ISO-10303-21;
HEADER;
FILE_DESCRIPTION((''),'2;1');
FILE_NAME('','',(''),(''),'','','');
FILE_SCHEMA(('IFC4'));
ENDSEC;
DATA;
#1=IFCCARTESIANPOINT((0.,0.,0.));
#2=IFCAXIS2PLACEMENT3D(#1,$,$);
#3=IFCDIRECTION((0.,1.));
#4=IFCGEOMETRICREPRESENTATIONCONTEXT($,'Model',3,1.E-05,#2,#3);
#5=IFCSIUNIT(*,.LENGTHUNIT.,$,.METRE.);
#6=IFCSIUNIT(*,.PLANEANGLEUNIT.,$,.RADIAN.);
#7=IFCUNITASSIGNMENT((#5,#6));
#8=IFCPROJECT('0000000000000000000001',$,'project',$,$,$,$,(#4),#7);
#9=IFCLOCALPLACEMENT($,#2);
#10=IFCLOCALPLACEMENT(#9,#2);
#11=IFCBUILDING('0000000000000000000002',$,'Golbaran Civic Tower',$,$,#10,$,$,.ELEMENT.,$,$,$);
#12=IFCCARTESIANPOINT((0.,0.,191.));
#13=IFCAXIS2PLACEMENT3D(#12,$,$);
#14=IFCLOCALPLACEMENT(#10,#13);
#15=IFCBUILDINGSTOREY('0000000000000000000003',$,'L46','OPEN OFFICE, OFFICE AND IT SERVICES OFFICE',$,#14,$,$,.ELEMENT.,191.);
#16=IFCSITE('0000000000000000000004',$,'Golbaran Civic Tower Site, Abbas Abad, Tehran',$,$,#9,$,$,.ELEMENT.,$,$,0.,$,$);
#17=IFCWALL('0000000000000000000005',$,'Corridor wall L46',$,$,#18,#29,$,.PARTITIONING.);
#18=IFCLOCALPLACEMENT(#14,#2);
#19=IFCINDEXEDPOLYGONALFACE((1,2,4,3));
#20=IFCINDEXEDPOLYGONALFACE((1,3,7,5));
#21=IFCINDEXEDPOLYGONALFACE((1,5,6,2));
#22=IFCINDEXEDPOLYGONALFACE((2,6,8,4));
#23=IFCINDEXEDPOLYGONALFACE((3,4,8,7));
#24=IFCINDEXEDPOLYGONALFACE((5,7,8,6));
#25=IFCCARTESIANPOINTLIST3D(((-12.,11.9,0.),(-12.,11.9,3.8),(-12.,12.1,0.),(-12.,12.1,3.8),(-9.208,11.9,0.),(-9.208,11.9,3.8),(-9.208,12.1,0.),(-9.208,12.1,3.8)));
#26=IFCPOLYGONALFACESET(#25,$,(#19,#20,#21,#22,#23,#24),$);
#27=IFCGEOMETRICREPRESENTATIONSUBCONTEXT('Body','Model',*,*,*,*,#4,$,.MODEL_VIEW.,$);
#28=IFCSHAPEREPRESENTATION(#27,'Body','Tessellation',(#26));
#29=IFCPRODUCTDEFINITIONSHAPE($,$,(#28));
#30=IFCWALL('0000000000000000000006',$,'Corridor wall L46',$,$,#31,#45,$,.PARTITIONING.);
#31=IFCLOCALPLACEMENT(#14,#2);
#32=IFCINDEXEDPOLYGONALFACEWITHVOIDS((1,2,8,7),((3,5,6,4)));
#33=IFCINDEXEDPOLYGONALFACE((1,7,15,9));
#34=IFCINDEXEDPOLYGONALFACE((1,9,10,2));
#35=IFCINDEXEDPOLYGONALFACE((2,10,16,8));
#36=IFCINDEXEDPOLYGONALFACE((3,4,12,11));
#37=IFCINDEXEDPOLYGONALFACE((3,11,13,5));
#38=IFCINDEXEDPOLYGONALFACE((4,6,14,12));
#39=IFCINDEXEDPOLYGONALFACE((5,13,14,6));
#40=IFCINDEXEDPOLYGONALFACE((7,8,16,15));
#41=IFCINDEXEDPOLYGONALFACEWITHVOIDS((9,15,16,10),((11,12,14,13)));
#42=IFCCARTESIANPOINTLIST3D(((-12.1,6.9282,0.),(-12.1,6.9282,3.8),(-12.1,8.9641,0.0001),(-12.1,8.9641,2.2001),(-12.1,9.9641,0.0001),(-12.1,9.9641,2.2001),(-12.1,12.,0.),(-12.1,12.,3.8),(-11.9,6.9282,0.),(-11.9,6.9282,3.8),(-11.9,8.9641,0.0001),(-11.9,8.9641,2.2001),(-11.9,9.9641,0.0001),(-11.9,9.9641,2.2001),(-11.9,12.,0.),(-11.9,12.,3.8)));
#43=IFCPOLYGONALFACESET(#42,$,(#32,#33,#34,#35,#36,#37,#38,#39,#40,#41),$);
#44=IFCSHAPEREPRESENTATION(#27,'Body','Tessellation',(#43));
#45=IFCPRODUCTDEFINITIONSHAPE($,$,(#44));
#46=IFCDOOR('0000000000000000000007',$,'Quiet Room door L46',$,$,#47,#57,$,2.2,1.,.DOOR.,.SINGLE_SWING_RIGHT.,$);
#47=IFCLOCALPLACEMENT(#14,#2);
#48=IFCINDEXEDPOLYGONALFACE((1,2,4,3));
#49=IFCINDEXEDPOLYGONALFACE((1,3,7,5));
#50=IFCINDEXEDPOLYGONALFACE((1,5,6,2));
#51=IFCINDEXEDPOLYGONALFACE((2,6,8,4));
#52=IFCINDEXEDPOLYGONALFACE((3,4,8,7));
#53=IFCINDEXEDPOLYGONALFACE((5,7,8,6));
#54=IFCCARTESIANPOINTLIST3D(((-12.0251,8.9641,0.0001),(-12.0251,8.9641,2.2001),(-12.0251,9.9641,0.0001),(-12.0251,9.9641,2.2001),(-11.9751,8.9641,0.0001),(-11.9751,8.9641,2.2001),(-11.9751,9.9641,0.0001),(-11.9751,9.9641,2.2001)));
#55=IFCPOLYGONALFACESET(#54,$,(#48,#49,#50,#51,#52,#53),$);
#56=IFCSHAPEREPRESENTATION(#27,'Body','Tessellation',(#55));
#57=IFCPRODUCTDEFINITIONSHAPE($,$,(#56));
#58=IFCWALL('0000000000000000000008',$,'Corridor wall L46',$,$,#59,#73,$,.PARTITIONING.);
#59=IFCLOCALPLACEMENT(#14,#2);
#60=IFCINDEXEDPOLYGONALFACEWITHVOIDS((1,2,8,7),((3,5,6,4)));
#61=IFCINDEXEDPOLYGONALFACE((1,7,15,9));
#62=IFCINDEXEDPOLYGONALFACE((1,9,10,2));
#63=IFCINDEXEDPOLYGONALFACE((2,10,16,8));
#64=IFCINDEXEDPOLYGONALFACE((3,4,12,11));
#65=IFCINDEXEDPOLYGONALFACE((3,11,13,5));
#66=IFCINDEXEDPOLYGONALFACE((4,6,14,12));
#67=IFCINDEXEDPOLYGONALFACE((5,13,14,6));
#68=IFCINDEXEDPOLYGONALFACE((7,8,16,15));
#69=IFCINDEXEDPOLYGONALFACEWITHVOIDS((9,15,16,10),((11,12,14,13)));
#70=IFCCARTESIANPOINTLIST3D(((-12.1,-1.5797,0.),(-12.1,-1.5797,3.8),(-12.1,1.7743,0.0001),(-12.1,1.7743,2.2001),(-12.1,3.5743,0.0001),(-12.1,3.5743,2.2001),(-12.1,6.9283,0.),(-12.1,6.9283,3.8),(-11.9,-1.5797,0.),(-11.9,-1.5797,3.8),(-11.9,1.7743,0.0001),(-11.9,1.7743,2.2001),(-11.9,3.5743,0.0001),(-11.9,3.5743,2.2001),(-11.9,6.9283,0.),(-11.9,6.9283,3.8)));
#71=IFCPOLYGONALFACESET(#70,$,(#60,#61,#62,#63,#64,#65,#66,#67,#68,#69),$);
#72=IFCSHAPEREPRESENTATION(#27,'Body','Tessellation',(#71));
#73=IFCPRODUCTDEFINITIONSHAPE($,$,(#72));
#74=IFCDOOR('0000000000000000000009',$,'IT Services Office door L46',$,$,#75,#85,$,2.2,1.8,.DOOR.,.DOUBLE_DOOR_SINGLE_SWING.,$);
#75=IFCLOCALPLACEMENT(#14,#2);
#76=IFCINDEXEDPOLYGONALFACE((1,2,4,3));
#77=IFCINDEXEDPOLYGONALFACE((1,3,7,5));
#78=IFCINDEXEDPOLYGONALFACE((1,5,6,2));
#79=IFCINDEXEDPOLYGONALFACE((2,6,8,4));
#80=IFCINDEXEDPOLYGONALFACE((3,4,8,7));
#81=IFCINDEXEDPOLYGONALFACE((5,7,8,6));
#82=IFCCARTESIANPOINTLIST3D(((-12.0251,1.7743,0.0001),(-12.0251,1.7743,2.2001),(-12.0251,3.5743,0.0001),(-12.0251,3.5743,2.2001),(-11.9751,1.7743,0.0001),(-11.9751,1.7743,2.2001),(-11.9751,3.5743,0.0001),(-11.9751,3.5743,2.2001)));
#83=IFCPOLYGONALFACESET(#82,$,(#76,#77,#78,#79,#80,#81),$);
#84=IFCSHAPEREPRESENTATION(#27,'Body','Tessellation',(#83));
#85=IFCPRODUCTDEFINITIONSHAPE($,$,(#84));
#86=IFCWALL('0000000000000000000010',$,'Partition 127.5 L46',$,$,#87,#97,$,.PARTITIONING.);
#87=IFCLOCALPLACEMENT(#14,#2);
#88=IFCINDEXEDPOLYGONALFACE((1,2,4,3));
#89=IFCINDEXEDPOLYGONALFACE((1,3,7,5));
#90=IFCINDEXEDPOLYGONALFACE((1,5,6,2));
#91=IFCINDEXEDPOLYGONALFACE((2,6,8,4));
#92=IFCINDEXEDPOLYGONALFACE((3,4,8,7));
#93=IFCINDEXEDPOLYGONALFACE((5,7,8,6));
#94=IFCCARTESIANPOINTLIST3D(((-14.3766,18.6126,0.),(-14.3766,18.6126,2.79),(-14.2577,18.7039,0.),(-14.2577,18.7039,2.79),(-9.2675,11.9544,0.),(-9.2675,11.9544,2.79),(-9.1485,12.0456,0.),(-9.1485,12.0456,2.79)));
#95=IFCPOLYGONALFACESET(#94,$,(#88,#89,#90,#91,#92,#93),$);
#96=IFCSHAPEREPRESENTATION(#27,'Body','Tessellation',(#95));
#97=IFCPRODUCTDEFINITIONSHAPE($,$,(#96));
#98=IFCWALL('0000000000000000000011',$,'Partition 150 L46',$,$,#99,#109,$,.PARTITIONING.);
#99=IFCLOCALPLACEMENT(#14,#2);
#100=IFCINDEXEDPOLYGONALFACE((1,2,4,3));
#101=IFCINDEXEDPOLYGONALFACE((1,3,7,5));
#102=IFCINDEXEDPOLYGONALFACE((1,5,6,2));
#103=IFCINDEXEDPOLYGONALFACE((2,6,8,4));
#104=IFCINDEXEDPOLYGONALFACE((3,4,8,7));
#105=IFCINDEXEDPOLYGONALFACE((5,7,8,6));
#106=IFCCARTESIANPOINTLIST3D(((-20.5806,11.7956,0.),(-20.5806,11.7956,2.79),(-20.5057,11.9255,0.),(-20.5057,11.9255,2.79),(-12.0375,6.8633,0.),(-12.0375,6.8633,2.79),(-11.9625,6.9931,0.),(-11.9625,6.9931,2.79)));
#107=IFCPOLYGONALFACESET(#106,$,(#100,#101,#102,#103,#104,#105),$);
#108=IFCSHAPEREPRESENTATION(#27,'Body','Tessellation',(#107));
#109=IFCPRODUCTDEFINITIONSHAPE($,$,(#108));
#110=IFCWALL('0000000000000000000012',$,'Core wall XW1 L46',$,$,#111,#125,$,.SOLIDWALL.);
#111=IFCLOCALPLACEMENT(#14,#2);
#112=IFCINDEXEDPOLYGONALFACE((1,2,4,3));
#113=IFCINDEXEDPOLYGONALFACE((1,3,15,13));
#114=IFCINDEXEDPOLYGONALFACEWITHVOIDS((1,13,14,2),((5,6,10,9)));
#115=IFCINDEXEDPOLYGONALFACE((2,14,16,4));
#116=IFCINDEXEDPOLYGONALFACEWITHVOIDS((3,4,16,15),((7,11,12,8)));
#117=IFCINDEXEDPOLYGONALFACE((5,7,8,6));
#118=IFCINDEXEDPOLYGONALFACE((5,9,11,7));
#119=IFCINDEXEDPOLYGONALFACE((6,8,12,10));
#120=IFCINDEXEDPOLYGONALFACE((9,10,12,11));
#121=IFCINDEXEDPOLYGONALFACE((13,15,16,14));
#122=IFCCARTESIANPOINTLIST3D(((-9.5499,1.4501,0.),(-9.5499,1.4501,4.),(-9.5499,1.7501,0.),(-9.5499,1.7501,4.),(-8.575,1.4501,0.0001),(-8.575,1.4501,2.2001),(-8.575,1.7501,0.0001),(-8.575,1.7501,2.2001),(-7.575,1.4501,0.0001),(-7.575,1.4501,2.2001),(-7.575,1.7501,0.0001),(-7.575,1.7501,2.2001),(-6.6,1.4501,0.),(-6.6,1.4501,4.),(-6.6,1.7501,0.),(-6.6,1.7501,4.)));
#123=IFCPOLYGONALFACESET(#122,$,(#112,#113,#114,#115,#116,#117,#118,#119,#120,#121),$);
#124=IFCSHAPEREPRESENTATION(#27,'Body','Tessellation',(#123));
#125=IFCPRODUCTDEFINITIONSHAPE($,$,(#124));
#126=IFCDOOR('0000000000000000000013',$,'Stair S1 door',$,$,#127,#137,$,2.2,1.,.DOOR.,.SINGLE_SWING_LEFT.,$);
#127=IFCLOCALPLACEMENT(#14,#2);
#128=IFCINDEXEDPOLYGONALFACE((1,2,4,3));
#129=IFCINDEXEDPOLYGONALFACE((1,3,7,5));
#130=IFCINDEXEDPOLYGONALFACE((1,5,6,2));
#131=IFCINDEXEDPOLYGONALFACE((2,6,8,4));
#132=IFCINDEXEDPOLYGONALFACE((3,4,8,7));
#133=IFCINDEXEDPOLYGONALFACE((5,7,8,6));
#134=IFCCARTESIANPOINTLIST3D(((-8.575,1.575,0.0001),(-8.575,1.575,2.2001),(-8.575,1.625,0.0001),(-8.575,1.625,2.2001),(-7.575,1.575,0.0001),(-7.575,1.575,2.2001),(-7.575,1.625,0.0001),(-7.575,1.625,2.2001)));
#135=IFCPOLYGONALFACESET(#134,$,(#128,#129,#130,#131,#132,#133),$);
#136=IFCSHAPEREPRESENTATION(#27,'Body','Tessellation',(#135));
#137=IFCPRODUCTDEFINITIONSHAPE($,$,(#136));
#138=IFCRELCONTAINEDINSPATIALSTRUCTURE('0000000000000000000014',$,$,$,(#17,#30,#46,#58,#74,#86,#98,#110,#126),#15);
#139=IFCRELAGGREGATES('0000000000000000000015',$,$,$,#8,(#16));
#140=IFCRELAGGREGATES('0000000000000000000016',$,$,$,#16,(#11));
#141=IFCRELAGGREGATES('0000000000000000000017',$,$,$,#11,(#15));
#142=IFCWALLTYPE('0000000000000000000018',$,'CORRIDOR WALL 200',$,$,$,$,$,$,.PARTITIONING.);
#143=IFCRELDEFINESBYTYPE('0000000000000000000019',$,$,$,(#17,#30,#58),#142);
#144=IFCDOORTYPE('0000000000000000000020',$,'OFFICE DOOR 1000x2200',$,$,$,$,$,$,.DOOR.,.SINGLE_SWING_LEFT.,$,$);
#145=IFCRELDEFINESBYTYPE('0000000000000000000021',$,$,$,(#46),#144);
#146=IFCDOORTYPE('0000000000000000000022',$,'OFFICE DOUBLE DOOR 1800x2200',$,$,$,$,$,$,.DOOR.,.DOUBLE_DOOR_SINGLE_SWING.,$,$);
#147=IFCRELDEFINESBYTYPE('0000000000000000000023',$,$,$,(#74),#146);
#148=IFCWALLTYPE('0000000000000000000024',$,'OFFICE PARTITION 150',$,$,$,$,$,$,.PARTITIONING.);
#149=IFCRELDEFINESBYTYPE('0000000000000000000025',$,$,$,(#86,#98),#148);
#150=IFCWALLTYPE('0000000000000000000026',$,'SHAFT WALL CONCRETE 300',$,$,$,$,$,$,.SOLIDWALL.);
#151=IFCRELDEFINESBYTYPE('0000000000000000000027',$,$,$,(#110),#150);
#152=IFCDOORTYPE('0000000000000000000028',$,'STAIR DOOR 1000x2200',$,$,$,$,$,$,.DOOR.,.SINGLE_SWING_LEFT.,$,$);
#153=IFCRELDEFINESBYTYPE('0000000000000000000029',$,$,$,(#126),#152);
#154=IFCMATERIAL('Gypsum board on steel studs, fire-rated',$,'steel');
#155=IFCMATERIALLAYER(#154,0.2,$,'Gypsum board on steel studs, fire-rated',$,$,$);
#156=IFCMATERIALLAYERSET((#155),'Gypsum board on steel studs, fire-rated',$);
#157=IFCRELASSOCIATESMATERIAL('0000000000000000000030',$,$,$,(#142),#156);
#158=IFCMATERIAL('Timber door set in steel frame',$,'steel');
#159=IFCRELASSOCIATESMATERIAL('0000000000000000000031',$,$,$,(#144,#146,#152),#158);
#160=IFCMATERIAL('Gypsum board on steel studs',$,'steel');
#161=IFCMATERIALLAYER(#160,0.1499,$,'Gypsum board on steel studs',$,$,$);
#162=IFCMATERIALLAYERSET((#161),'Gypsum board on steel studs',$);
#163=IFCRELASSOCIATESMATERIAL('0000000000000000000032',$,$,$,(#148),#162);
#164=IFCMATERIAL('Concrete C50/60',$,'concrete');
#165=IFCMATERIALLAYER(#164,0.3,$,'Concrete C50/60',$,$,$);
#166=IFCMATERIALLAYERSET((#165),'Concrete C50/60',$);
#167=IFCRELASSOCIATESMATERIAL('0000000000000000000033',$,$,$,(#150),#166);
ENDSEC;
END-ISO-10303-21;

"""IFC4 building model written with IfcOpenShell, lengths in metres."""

from ifc_helpers import new_model, si_unit, direction, frame, frame_2d, origin, place, context, subcontext, project, spatial, rectangle, extrude, material, layer, layer_set, type_object, element, fill, save


model = new_model("IFC4")

# Units and contexts
model_context = context("Model", 3, precision=1e-05, world=origin(), true_north=direction((0.0, 1.0)))
body_context = subcontext(model_context, "Body", "Model", "MODEL_VIEW")
ifc_project = project(units=[si_unit("LENGTHUNIT", "METRE"), si_unit("PLANEANGLEUNIT", "RADIAN")], contexts=[model_context])

# Site, building, storey
site_placement = place(None, origin())
site = spatial("IfcSite", under=ifc_project, at=site_placement, Name="Golbaran Civic Tower Site, Abbas Abad, Tehran", CompositionType="ELEMENT", RefElevation=0.0)
building_placement = place(site_placement, origin())
building = spatial("IfcBuilding", under=site, at=building_placement, Name="Golbaran Civic Tower", CompositionType="ELEMENT")
storey_placement = place(building_placement, frame((0.0, 0.0, 191.0)))
storey = spatial("IfcBuildingStorey", under=building, at=storey_placement, Name="L46", Description="OPEN OFFICE, OFFICE AND IT SERVICES OFFICE", CompositionType="ELEMENT", Elevation=191.0)

# Shared definitions
ifc_material_1 = material(Name="Concrete C50/60", Category="concrete")
ifc_material_2 = material(Name="Timber door set in steel frame", Category="steel")

# Wall
ifc_material_3 = material(Name="Gypsum board on steel studs, fire-rated", Category="steel")
ifc_layer_1 = layer(ifc_material_3, 0.2, Name="Gypsum board on steel studs, fire-rated")
ifc_layer_set_1 = layer_set([ifc_layer_1], Name="Gypsum board on steel studs, fire-rated")
wall_type_1 = type_object("IfcWallType", Name="CORRIDOR WALL 200", PredefinedType="PARTITIONING", material=ifc_layer_set_1)
wall_1_placement = place(storey_placement, frame((-9.208, 12.0, 0.0), z_axis=(0.0, 0.0, 1.0), x_axis=(-1.0, 0.0, 0.0)))
element("IfcWall", 1, at=wall_1_placement, inside=storey, type_object=wall_type_1, Name="Corridor wall L46", PredefinedType="PARTITIONING", context=body_context, shape_type="SweptSolid", body=[
    extrude(rectangle(XDim=2.792, YDim=0.2, at=frame_2d((1.396, 0.0))), origin(), (0.0, 0.0, 1.0), 3.8),
])

# Walls, openings, doors
wall_2_placement = place(storey_placement, frame((-12.0, 12.0, 0.0), z_axis=(0.0, 0.0, 1.0), x_axis=(0.0, -1.0, 0.0)))
wall_2 = element("IfcWall", 2, at=wall_2_placement, inside=storey, type_object=wall_type_1, Name="Corridor wall L46", PredefinedType="PARTITIONING", context=body_context, shape_type="SweptSolid", body=[
    extrude(rectangle(XDim=5.0718, YDim=0.2, at=frame_2d((2.5359, 0.0))), origin(), (0.0, 0.0, 1.0), 3.8),
])
opening_1_placement = place(wall_2_placement, frame((2.0359, 0.0, 0.0)))
opening_1 = element("IfcOpeningElement", 3, at=opening_1_placement, cuts=wall_2, PredefinedType="OPENING", context=body_context, shape_type="SweptSolid", body=[
    extrude(rectangle(XDim=1.0, YDim=2.2, at=frame_2d((0.5, 1.1001))), frame((0.0, 0.1099, 0.0), z_axis=(0.0, -1.0, 0.0), x_axis=(1.0, 0.0, 0.0)), (0.0, 0.0, 1.0), 0.22),
])
door_type_1 = type_object("IfcDoorType", Name="OFFICE DOOR 1000x2200", OperationType="SINGLE_SWING_LEFT", PredefinedType="DOOR", material=ifc_material_2)
door_1_placement = place(opening_1_placement, origin())
door_1 = element("IfcDoor", 4, at=door_1_placement, inside=storey, type_object=door_type_1, Name="Quiet Room door L46", OperationType="SINGLE_SWING_RIGHT", OverallHeight=2.2, OverallWidth=1.0, PredefinedType="DOOR", context=body_context, shape_type="SweptSolid", body=[
    extrude(rectangle(XDim=1.0, YDim=2.2, at=frame_2d((0.5, 1.1001))), frame((0.0, 0.0249, 0.0), z_axis=(0.0, -1.0, 0.0), x_axis=(1.0, 0.0, 0.0)), (0.0, 0.0, 1.0), 0.05),
])
fill(opening_1, door_1)
wall_3_placement = place(storey_placement, frame((-12.0, 6.9282, 0.0), z_axis=(0.0, 0.0, 1.0), x_axis=(0.0, -1.0, 0.0)))
wall_3 = element("IfcWall", 5, at=wall_3_placement, inside=storey, type_object=wall_type_1, Name="Corridor wall L46", PredefinedType="PARTITIONING", context=body_context, shape_type="SweptSolid", body=[
    extrude(rectangle(XDim=8.5081, YDim=0.2, at=frame_2d((4.2539, 0.0))), origin(), (0.0, 0.0, 1.0), 3.8),
])
opening_2_placement = place(wall_3_placement, frame((3.354, 0.0, 0.0)))
opening_2 = element("IfcOpeningElement", 6, at=opening_2_placement, cuts=wall_3, PredefinedType="OPENING", context=body_context, shape_type="SweptSolid", body=[
    extrude(rectangle(XDim=1.8, YDim=2.2, at=frame_2d((0.8999, 1.1001))), frame((0.0, 0.1099, 0.0), z_axis=(0.0, -1.0, 0.0), x_axis=(1.0, 0.0, 0.0)), (0.0, 0.0, 1.0), 0.22),
])
door_type_2 = type_object("IfcDoorType", Name="OFFICE DOUBLE DOOR 1800x2200", OperationType="DOUBLE_DOOR_SINGLE_SWING", PredefinedType="DOOR", material=ifc_material_2)
door_2_placement = place(opening_2_placement, origin())
door_2 = element("IfcDoor", 7, at=door_2_placement, inside=storey, type_object=door_type_2, Name="IT Services Office door L46", OperationType="DOUBLE_DOOR_SINGLE_SWING", OverallHeight=2.2, OverallWidth=1.8, PredefinedType="DOOR", context=body_context, shape_type="SweptSolid", body=[
    extrude(rectangle(XDim=1.8, YDim=2.2, at=frame_2d((0.8999, 1.1001))), frame((0.0, 0.0249, 0.0), z_axis=(0.0, -1.0, 0.0), x_axis=(1.0, 0.0, 0.0)), (0.0, 0.0, 1.0), 0.05),
])
fill(opening_2, door_2)

# Walls
ifc_material_4 = material(Name="Gypsum board on steel studs", Category="steel")
ifc_layer_2 = layer(ifc_material_4, 0.1499, Name="Gypsum board on steel studs")
ifc_layer_set_2 = layer_set([ifc_layer_2], Name="Gypsum board on steel studs")
wall_type_2 = type_object("IfcWallType", Name="OFFICE PARTITION 150", PredefinedType="PARTITIONING", material=ifc_layer_set_2)
wall_4_placement = place(storey_placement, frame((-9.208, 12.0, 0.0), z_axis=(0.0, 0.0, 1.0), x_axis=(-0.60877, 0.793347, 0.0)))
element("IfcWall", 8, at=wall_4_placement, inside=storey, type_object=wall_type_2, Name="Partition 127.5 L46", PredefinedType="PARTITIONING", context=body_context, shape_type="SweptSolid", body=[
    extrude(rectangle(XDim=8.3926, YDim=0.1499, at=frame_2d((4.1963, 0.0))), origin(), (0.0, 0.0, 1.0), 2.79),
])
wall_5_placement = place(storey_placement, frame((-12.0, 6.9282, 0.0), z_axis=(0.0, 0.0, 1.0), x_axis=(-0.866028, 0.499996, 0.0)))
element("IfcWall", 9, at=wall_5_placement, inside=storey, type_object=wall_type_2, Name="Partition 150 L46", PredefinedType="PARTITIONING", context=body_context, shape_type="SweptSolid", body=[
    extrude(rectangle(XDim=9.8647, YDim=0.1499, at=frame_2d((4.9324, 0.0))), origin(), (0.0, 0.0, 1.0), 2.79),
])

# Wall, opening, door
ifc_layer_3 = layer(ifc_material_1, 0.3, Name="Concrete C50/60")
ifc_layer_set_3 = layer_set([ifc_layer_3], Name="Concrete C50/60")
wall_type_3 = type_object("IfcWallType", Name="SHAFT WALL CONCRETE 300", PredefinedType="SOLIDWALL", material=ifc_layer_set_3)
wall_6_placement = place(storey_placement, frame((-9.55, 1.6001, 0.0), z_axis=(0.0, 0.0, 1.0), x_axis=(1.0, 0.0, 0.0)))
wall_6 = element("IfcWall", 10, at=wall_6_placement, inside=storey, type_object=wall_type_3, Name="Core wall XW1 L46", PredefinedType="SOLIDWALL", context=body_context, shape_type="SweptSolid", body=[
    extrude(rectangle(XDim=2.95, YDim=0.3, at=frame_2d((1.4751, 0.0))), origin(), (0.0, 0.0, 1.0), 4.0),
])
opening_3_placement = place(wall_6_placement, frame((0.9751, 0.0, 0.0)))
opening_3 = element("IfcOpeningElement", 11, at=opening_3_placement, cuts=wall_6, PredefinedType="OPENING", context=body_context, shape_type="SweptSolid", body=[
    extrude(rectangle(XDim=1.0, YDim=2.2, at=frame_2d((0.5, 1.1001))), frame((0.0, 0.1599, 0.0), z_axis=(0.0, -1.0, 0.0), x_axis=(1.0, 0.0, 0.0)), (0.0, 0.0, 1.0), 0.3201),
])
door_type_3 = type_object("IfcDoorType", Name="STAIR DOOR 1000x2200", OperationType="SINGLE_SWING_LEFT", PredefinedType="DOOR", material=ifc_material_2)
door_3_placement = place(opening_3_placement, origin())
door_3 = element("IfcDoor", 12, at=door_3_placement, inside=storey, type_object=door_type_3, Name="Stair S1 door", OperationType="SINGLE_SWING_LEFT", OverallHeight=2.2, OverallWidth=1.0, PredefinedType="DOOR", context=body_context, shape_type="SweptSolid", body=[
    extrude(rectangle(XDim=1.0, YDim=2.2, at=frame_2d((0.5, 1.1001))), frame((0.0, 0.0249, 0.0), z_axis=(0.0, -1.0, 0.0), x_axis=(1.0, 0.0, 0.0)), (0.0, 0.0, 1.0), 0.05),
])
fill(opening_3, door_3)

save(model, "model.ifc")
